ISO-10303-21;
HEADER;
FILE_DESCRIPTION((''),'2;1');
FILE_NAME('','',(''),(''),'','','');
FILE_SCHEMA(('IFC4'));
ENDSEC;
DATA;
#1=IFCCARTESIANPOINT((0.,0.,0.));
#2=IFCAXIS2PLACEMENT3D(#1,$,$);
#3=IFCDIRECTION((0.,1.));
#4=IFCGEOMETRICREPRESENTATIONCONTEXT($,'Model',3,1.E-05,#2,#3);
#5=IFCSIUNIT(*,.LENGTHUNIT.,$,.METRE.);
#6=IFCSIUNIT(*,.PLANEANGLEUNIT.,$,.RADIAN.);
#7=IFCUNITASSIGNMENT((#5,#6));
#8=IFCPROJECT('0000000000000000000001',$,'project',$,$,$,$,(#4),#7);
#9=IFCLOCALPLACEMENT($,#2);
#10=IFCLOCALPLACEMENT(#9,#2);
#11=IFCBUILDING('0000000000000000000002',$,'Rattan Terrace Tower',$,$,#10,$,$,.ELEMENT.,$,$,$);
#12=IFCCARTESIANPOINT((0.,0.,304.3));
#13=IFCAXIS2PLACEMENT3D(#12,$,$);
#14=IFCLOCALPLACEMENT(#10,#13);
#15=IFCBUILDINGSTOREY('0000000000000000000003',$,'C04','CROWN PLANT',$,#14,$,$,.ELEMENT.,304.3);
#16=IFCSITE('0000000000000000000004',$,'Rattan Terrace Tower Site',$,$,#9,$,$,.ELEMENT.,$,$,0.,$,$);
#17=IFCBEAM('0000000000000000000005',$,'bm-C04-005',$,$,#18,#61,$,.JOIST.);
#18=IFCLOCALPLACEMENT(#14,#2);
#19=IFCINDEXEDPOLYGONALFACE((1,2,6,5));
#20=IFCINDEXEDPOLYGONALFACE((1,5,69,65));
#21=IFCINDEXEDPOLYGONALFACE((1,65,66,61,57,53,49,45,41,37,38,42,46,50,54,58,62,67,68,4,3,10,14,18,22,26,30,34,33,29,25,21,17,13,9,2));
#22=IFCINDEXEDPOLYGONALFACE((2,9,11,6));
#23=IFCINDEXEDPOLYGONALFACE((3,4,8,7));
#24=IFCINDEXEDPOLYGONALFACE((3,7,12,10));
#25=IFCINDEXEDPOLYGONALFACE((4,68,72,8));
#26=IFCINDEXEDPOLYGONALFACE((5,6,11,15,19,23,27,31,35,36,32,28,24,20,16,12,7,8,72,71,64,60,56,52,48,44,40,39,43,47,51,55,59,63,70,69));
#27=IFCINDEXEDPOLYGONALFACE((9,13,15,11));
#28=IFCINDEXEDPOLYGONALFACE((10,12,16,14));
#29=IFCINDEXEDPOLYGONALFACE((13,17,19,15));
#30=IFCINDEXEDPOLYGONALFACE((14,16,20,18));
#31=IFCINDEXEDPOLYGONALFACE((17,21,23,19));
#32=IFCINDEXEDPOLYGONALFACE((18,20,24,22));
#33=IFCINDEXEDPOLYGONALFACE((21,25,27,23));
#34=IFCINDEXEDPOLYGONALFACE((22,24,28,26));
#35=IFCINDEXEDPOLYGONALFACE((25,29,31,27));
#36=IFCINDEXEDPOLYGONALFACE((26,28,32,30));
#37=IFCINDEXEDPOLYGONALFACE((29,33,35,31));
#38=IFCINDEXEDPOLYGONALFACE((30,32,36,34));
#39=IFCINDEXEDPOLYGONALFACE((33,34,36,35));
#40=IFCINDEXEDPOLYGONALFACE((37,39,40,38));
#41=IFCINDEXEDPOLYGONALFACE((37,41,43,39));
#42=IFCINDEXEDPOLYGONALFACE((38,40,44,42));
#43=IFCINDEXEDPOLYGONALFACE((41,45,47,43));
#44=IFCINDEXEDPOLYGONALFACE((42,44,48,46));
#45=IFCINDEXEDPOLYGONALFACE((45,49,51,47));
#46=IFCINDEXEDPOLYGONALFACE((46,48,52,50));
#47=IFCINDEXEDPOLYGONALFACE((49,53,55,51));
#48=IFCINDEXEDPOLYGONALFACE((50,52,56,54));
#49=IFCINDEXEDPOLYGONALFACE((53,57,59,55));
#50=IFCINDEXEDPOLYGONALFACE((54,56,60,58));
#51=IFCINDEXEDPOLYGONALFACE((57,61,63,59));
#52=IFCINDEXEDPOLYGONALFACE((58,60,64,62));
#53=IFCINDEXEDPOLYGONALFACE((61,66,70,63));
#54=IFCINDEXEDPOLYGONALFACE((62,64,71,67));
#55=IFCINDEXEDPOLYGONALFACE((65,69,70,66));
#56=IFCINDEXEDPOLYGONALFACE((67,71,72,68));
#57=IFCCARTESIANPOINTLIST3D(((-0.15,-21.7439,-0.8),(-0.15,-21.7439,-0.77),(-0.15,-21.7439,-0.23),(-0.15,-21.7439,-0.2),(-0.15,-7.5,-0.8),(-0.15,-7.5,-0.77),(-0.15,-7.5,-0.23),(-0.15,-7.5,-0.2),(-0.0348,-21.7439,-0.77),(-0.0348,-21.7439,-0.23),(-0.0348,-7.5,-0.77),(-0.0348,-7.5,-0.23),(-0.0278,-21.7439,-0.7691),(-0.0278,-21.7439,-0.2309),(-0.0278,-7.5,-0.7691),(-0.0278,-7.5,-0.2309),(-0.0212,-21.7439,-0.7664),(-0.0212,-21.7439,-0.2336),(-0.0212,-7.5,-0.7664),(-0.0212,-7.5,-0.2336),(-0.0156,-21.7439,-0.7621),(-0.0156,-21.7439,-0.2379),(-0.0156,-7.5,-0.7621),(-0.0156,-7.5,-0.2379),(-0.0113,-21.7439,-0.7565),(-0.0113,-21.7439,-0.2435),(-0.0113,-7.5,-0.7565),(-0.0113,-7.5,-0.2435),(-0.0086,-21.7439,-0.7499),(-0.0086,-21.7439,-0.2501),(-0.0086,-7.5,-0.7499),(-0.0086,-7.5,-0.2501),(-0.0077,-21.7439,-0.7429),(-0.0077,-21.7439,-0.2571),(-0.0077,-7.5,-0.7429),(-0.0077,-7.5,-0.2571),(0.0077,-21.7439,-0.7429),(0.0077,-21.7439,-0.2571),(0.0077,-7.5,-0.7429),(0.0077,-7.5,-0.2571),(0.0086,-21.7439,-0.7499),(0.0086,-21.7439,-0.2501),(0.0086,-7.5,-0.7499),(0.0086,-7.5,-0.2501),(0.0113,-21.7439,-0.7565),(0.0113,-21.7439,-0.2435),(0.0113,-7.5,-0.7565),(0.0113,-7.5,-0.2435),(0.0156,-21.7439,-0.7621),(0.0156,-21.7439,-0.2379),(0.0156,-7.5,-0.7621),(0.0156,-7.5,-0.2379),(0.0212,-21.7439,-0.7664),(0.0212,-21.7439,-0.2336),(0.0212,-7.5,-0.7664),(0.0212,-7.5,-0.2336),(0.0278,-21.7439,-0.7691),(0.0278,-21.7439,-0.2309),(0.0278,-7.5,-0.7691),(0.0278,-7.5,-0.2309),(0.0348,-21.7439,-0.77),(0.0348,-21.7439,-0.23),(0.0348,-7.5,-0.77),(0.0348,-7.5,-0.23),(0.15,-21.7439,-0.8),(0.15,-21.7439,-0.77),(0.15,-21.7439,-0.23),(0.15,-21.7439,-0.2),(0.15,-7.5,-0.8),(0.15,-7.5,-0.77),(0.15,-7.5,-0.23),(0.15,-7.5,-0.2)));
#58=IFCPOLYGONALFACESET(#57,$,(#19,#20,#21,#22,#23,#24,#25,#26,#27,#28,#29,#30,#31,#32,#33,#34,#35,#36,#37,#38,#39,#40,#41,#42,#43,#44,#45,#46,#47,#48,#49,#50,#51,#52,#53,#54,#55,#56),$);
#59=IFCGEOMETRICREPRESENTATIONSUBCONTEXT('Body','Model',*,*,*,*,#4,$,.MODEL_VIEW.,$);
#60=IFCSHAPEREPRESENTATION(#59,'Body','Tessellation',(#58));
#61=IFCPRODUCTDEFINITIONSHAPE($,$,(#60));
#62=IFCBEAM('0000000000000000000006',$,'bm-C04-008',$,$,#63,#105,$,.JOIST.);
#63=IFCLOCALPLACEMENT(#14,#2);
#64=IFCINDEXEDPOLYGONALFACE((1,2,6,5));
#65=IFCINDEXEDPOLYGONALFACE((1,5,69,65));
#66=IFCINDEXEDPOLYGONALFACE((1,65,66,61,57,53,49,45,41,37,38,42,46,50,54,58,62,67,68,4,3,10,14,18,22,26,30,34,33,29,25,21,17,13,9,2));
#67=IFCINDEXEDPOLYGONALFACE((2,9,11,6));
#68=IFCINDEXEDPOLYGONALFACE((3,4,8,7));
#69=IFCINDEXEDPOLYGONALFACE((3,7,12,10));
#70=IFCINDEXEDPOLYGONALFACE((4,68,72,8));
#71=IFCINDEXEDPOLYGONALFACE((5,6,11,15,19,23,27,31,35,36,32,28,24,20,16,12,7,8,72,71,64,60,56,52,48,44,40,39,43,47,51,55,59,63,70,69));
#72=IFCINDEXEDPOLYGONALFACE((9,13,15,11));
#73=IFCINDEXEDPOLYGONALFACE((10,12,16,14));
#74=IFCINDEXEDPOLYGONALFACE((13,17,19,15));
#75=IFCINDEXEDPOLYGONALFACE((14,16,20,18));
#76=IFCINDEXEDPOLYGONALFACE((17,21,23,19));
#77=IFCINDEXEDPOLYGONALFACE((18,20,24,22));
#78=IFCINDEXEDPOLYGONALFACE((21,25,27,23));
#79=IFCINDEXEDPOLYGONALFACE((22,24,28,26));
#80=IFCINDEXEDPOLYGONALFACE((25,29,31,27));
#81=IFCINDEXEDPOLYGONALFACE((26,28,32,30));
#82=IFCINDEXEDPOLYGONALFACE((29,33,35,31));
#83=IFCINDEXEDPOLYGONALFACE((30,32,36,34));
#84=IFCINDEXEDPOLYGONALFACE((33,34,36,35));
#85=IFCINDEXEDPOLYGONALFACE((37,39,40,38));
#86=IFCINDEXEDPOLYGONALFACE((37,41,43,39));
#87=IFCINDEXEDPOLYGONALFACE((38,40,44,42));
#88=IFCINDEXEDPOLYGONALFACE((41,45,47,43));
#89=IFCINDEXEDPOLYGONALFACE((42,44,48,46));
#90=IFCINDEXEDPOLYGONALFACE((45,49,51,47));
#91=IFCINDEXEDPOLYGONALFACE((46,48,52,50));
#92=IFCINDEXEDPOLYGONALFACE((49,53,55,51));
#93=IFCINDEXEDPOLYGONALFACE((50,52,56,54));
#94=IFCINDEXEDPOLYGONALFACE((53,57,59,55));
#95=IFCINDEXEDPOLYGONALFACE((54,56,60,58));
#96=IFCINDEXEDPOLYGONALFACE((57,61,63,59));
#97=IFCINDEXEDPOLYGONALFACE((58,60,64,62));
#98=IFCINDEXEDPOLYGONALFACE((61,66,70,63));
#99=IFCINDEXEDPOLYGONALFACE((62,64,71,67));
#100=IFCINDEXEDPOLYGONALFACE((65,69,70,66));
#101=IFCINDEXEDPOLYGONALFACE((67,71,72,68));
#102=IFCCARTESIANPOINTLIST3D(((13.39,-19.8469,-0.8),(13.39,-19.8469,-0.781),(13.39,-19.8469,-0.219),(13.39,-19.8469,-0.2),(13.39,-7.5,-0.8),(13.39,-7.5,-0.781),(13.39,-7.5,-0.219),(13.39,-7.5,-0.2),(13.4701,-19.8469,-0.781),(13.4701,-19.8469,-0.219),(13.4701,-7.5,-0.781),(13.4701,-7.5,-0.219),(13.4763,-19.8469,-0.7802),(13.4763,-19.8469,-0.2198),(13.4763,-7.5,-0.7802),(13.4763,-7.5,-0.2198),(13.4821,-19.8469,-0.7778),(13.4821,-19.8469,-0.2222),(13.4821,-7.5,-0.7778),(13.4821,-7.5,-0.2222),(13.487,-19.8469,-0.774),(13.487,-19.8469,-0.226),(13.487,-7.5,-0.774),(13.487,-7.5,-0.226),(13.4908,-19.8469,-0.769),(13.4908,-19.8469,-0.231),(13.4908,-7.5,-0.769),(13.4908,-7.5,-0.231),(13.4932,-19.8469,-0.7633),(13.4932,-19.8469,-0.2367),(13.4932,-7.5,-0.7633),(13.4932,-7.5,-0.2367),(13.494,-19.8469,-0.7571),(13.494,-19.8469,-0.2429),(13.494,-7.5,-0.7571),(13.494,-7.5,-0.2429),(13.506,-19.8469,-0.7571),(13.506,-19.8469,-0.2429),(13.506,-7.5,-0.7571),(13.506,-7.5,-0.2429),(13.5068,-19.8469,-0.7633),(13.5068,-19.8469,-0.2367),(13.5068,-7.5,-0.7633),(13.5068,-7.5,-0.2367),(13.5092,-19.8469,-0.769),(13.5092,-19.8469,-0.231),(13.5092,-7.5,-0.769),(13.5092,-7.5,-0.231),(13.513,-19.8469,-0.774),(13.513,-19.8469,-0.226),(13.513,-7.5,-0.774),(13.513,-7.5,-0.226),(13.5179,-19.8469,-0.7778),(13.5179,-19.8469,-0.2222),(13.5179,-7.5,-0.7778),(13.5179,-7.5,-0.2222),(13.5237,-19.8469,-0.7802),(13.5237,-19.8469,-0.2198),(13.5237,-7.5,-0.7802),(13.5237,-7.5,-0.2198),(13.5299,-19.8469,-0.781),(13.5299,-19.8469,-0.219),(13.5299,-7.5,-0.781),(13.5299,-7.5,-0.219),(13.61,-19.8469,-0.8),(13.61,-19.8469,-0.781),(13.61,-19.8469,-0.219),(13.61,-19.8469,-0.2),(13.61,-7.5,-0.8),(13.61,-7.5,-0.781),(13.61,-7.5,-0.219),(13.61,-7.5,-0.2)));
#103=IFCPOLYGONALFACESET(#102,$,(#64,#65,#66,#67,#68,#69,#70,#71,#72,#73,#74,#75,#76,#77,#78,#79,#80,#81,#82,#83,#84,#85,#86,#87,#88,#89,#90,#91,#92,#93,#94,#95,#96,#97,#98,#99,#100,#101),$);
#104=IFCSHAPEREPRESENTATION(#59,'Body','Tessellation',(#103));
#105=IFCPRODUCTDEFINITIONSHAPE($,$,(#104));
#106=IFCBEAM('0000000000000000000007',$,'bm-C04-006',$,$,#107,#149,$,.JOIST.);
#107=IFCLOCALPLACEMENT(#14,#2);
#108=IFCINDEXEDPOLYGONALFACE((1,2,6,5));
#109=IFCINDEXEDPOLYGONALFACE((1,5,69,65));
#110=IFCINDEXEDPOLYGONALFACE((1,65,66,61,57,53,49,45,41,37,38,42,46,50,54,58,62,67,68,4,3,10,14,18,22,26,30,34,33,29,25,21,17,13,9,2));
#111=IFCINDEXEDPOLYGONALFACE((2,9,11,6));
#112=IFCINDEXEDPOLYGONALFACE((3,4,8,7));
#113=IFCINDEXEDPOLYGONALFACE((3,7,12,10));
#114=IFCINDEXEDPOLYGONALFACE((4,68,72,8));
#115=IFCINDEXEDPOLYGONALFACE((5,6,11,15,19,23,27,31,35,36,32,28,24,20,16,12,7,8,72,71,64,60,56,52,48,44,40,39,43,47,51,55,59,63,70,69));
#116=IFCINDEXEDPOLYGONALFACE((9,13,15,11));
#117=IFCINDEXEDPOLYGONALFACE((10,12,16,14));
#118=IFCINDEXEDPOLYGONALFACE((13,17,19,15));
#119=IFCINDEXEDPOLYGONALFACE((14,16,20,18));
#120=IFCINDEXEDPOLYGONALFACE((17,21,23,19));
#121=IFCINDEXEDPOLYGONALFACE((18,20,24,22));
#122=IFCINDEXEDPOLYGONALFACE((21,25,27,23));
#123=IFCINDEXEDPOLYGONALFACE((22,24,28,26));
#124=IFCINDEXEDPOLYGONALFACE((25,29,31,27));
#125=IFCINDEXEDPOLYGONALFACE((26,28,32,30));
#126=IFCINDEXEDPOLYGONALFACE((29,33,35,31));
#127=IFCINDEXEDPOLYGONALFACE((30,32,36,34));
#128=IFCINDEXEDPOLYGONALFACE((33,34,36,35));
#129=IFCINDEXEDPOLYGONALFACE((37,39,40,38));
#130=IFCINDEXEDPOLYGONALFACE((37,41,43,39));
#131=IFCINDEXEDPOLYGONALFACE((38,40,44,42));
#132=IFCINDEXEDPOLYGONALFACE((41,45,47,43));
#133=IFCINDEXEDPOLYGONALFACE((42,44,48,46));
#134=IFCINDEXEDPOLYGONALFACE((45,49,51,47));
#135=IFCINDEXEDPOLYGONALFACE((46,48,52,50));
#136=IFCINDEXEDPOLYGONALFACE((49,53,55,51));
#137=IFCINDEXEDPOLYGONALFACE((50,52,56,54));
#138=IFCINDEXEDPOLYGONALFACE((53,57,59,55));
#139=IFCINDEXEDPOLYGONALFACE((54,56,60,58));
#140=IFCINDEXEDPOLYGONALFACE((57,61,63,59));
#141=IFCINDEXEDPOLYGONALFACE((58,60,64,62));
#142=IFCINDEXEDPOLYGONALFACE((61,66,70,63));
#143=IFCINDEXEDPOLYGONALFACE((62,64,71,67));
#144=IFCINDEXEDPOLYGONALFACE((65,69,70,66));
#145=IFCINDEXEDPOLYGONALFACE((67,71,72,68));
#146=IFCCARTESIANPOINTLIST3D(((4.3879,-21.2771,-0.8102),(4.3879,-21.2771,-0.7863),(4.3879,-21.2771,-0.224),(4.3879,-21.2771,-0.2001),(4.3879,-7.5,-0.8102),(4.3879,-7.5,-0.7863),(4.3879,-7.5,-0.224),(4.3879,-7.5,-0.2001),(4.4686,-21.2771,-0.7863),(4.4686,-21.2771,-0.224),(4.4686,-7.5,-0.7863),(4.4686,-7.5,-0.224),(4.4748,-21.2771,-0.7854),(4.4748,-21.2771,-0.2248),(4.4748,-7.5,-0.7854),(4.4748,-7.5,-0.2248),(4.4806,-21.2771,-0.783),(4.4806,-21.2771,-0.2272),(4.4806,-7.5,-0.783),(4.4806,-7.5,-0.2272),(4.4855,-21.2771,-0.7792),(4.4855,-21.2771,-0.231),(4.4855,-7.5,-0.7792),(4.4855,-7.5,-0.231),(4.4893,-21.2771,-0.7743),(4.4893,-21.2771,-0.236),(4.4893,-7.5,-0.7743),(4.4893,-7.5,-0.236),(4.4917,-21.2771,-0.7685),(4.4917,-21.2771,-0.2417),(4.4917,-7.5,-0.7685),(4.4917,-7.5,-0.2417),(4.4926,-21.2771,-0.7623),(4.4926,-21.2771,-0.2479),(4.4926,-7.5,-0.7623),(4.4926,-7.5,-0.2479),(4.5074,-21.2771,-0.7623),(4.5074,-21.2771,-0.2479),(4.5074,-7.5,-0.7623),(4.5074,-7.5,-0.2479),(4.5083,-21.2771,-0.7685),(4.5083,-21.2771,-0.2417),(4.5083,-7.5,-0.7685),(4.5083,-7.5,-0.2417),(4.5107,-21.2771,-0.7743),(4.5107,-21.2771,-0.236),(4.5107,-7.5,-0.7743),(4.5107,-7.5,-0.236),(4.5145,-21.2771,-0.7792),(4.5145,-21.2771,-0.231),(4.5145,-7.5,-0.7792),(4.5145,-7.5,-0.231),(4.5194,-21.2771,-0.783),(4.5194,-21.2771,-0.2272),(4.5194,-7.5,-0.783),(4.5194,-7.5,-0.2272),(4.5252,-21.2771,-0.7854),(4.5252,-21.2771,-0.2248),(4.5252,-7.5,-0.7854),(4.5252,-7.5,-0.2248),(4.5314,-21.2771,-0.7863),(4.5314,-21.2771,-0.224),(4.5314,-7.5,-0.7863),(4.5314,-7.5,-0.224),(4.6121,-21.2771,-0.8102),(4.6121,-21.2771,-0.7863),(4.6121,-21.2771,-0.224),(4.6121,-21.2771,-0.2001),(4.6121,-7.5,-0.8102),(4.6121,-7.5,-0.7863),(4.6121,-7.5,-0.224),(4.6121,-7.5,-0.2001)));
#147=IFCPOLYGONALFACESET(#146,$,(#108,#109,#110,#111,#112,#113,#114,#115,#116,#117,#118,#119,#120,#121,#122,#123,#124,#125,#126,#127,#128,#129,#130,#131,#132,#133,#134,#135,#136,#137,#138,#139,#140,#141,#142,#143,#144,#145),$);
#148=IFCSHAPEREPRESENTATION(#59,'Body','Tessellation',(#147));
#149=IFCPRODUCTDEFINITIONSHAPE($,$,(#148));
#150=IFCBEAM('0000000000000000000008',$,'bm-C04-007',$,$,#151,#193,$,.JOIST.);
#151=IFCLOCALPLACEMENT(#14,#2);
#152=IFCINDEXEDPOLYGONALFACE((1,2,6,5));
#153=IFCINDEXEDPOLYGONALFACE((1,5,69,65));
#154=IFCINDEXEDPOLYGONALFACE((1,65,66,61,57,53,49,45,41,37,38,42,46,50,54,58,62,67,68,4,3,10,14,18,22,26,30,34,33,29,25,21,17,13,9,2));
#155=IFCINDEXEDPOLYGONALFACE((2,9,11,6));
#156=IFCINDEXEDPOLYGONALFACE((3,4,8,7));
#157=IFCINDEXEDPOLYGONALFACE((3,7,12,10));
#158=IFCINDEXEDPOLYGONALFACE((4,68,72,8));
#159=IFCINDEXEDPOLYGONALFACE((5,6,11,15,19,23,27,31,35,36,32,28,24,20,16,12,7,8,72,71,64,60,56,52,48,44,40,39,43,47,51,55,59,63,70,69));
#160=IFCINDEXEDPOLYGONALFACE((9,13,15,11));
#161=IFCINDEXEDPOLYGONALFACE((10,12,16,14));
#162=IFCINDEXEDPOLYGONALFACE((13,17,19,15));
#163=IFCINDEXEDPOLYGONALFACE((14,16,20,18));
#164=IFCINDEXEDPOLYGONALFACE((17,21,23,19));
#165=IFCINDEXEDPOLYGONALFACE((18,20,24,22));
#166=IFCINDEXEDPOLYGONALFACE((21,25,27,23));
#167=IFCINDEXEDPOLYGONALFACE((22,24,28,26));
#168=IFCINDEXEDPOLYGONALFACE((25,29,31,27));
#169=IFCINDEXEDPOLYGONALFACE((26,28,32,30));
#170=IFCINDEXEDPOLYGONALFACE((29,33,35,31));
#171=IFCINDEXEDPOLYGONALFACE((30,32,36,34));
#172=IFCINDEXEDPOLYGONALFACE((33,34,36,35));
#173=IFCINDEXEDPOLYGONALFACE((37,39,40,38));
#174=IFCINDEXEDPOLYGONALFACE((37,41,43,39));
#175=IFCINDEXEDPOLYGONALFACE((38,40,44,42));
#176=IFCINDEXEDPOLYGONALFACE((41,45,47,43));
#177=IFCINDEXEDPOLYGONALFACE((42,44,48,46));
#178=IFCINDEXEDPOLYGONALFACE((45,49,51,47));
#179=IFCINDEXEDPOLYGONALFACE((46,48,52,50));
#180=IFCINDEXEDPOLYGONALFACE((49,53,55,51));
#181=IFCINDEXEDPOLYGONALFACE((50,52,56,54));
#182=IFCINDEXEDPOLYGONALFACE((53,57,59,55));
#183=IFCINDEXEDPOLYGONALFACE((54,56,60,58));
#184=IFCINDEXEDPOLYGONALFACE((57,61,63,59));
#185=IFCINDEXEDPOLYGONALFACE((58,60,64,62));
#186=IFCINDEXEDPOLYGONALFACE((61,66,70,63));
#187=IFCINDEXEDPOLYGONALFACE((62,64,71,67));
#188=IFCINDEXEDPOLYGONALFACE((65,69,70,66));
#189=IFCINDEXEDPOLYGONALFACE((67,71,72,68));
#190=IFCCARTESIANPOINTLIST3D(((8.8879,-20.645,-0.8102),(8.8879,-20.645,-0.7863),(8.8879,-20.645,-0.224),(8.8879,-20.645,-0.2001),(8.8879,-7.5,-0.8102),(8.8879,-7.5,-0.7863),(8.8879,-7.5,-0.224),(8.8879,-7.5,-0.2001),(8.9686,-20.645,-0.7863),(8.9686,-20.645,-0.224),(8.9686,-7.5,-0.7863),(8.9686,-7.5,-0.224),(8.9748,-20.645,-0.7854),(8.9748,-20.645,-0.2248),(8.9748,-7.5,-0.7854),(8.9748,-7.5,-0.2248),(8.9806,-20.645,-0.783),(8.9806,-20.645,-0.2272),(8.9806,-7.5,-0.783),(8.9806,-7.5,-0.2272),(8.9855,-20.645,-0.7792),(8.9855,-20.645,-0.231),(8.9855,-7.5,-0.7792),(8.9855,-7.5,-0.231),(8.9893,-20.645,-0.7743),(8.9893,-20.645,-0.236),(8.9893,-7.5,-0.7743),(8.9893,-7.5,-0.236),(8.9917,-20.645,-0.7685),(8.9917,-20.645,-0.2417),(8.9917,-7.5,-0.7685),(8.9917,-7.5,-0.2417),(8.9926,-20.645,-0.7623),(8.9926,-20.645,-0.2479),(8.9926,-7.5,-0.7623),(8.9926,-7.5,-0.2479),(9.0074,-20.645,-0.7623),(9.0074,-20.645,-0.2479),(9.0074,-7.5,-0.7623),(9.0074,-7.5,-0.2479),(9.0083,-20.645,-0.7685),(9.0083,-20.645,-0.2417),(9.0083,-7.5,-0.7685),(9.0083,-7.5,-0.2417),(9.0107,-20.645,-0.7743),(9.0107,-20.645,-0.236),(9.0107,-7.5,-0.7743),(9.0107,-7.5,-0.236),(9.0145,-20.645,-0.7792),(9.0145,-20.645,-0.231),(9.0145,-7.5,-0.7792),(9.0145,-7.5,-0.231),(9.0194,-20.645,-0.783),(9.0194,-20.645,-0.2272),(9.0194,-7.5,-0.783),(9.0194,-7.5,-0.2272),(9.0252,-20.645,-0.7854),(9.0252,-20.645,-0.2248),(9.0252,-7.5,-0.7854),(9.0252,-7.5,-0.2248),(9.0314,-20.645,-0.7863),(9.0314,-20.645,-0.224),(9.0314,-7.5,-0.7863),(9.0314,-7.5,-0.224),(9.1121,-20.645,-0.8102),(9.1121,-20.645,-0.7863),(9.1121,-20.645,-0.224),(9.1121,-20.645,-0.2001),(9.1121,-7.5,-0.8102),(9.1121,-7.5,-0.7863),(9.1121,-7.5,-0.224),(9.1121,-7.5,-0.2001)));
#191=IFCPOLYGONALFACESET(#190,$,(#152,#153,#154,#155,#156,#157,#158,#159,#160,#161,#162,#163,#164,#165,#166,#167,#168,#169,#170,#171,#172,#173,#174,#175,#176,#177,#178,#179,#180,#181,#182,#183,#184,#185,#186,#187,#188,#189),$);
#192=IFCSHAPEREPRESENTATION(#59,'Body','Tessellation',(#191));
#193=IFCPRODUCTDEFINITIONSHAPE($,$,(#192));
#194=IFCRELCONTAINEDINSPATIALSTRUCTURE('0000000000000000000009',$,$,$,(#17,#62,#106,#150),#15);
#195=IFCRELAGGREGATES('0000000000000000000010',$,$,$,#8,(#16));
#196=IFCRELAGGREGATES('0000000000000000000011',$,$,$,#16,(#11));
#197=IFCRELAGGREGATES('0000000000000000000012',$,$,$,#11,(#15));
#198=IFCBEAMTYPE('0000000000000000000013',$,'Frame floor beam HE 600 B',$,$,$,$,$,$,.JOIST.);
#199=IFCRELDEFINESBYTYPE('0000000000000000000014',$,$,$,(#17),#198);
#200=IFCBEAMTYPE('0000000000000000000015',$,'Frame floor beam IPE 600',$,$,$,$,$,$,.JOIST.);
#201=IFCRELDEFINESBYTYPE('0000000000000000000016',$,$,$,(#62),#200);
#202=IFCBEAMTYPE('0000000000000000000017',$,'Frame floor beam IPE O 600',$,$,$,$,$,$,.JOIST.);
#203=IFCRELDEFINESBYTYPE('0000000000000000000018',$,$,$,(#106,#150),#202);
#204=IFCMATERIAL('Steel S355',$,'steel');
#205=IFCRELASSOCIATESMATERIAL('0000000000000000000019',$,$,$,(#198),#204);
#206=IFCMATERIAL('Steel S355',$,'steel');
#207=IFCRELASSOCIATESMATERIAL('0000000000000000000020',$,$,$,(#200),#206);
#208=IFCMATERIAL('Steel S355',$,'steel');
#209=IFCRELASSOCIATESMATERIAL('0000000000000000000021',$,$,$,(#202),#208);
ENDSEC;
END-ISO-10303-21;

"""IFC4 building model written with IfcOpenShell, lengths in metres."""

from ifc_helpers import new_model, si_unit, direction, frame, origin, origin_2d, place, context, subcontext, project, spatial, i_section, extrude, material, material_profile, profile_set, type_object, element, save


model = new_model("IFC4")

# Units and contexts
model_context = context("Model", 3, precision=1e-05, world=origin(), true_north=direction((0.0, 1.0)))
body_context = subcontext(model_context, "Body", "Model", "MODEL_VIEW")
ifc_project = project(units=[si_unit("LENGTHUNIT", "METRE"), si_unit("PLANEANGLEUNIT", "RADIAN")], contexts=[model_context])

# Site, building, storey
site_placement = place(None, origin())
site = spatial("IfcSite", under=ifc_project, at=site_placement, Name="Rattan Terrace Tower Site", CompositionType="ELEMENT", RefElevation=0.0)
building_placement = place(site_placement, origin())
building = spatial("IfcBuilding", under=site, at=building_placement, Name="Rattan Terrace Tower", CompositionType="ELEMENT")
storey_placement = place(building_placement, frame((0.0, 0.0, 304.3)))
storey = spatial("IfcBuildingStorey", under=building, at=storey_placement, Name="C04", Description="CROWN PLANT", CompositionType="ELEMENT", Elevation=304.3)

# Beams
ifc_material_1 = material(Name="Steel S355", Category="steel")
ifc_material_profile_1 = material_profile(ifc_material_1, i_section(OverallWidth=0.3, OverallDepth=0.6001, WebThickness=0.0154, FlangeThickness=0.03, FilletRadius=0.0271, at=origin_2d()), Name="HE 600 B")
ifc_profile_set_1 = profile_set([ifc_material_profile_1], Name="Steel S355")
beam_type_1 = type_object("IfcBeamType", Name="Frame floor beam HE 600 B", PredefinedType="JOIST", material=ifc_profile_set_1)
beam_1_placement = place(storey_placement, frame((0.0, -21.7439, -0.5), z_axis=(0.0, 1.0, 0.0), x_axis=(-1.0, 0.0, 0.0)))
element("IfcBeam", 1, at=beam_1_placement, inside=storey, type_object=beam_type_1, Name="bm-C04-005", PredefinedType="JOIST", context=body_context, shape_type="SweptSolid", body=[
    extrude(i_section(OverallWidth=0.3, OverallDepth=0.6001, WebThickness=0.0154, FlangeThickness=0.03, FilletRadius=0.0271, at=origin_2d()), origin(), (0.0, 0.0, 1.0), 14.2439),
])
ifc_material_2 = material(Name="Steel S355", Category="steel")
ifc_material_profile_2 = material_profile(ifc_material_2, i_section(OverallWidth=0.22, OverallDepth=0.6001, WebThickness=0.012, FlangeThickness=0.019, FilletRadius=0.0239, at=origin_2d()), Name="IPE 600")
ifc_profile_set_2 = profile_set([ifc_material_profile_2], Name="Steel S355")
beam_type_2 = type_object("IfcBeamType", Name="Frame floor beam IPE 600", PredefinedType="JOIST", material=ifc_profile_set_2)
beam_2_placement = place(storey_placement, frame((13.5, -19.8469, -0.5), z_axis=(0.0, 1.0, 0.0), x_axis=(-1.0, 0.0, 0.0)))
element("IfcBeam", 2, at=beam_2_placement, inside=storey, type_object=beam_type_2, Name="bm-C04-008", PredefinedType="JOIST", context=body_context, shape_type="SweptSolid", body=[
    extrude(i_section(OverallWidth=0.22, OverallDepth=0.6001, WebThickness=0.012, FlangeThickness=0.019, FilletRadius=0.0239, at=origin_2d()), origin(), (0.0, 0.0, 1.0), 12.3469),
])
ifc_material_3 = material(Name="Steel S355", Category="steel")
ifc_material_profile_3 = material_profile(ifc_material_3, i_section(OverallWidth=0.2241, OverallDepth=0.6101, WebThickness=0.0149, FlangeThickness=0.0239, FilletRadius=0.0239, at=origin_2d()), Name="IPE O 600")
ifc_profile_set_3 = profile_set([ifc_material_profile_3], Name="Steel S355")
beam_type_3 = type_object("IfcBeamType", Name="Frame floor beam IPE O 600", PredefinedType="JOIST", material=ifc_profile_set_3)
beam_3_placement = place(storey_placement, frame((4.5, -21.2771, -0.5051), z_axis=(0.0, 1.0, 0.0), x_axis=(-1.0, 0.0, 0.0)))
element("IfcBeam", 3, at=beam_3_placement, inside=storey, type_object=beam_type_3, Name="bm-C04-006", PredefinedType="JOIST", context=body_context, shape_type="SweptSolid", body=[
    extrude(i_section(OverallWidth=0.2241, OverallDepth=0.6101, WebThickness=0.0149, FlangeThickness=0.0239, FilletRadius=0.0239, at=origin_2d()), origin(), (0.0, 0.0, 1.0), 13.7771),
])
beam_4_placement = place(storey_placement, frame((9.0, -20.645, -0.5051), z_axis=(0.0, 1.0, 0.0), x_axis=(-1.0, 0.0, 0.0)))
element("IfcBeam", 4, at=beam_4_placement, inside=storey, type_object=beam_type_3, Name="bm-C04-007", PredefinedType="JOIST", context=body_context, shape_type="SweptSolid", body=[
    extrude(i_section(OverallWidth=0.2241, OverallDepth=0.6101, WebThickness=0.0149, FlangeThickness=0.0239, FilletRadius=0.0239, at=origin_2d()), origin(), (0.0, 0.0, 1.0), 13.145),
])

save(model, "model.ifc")
